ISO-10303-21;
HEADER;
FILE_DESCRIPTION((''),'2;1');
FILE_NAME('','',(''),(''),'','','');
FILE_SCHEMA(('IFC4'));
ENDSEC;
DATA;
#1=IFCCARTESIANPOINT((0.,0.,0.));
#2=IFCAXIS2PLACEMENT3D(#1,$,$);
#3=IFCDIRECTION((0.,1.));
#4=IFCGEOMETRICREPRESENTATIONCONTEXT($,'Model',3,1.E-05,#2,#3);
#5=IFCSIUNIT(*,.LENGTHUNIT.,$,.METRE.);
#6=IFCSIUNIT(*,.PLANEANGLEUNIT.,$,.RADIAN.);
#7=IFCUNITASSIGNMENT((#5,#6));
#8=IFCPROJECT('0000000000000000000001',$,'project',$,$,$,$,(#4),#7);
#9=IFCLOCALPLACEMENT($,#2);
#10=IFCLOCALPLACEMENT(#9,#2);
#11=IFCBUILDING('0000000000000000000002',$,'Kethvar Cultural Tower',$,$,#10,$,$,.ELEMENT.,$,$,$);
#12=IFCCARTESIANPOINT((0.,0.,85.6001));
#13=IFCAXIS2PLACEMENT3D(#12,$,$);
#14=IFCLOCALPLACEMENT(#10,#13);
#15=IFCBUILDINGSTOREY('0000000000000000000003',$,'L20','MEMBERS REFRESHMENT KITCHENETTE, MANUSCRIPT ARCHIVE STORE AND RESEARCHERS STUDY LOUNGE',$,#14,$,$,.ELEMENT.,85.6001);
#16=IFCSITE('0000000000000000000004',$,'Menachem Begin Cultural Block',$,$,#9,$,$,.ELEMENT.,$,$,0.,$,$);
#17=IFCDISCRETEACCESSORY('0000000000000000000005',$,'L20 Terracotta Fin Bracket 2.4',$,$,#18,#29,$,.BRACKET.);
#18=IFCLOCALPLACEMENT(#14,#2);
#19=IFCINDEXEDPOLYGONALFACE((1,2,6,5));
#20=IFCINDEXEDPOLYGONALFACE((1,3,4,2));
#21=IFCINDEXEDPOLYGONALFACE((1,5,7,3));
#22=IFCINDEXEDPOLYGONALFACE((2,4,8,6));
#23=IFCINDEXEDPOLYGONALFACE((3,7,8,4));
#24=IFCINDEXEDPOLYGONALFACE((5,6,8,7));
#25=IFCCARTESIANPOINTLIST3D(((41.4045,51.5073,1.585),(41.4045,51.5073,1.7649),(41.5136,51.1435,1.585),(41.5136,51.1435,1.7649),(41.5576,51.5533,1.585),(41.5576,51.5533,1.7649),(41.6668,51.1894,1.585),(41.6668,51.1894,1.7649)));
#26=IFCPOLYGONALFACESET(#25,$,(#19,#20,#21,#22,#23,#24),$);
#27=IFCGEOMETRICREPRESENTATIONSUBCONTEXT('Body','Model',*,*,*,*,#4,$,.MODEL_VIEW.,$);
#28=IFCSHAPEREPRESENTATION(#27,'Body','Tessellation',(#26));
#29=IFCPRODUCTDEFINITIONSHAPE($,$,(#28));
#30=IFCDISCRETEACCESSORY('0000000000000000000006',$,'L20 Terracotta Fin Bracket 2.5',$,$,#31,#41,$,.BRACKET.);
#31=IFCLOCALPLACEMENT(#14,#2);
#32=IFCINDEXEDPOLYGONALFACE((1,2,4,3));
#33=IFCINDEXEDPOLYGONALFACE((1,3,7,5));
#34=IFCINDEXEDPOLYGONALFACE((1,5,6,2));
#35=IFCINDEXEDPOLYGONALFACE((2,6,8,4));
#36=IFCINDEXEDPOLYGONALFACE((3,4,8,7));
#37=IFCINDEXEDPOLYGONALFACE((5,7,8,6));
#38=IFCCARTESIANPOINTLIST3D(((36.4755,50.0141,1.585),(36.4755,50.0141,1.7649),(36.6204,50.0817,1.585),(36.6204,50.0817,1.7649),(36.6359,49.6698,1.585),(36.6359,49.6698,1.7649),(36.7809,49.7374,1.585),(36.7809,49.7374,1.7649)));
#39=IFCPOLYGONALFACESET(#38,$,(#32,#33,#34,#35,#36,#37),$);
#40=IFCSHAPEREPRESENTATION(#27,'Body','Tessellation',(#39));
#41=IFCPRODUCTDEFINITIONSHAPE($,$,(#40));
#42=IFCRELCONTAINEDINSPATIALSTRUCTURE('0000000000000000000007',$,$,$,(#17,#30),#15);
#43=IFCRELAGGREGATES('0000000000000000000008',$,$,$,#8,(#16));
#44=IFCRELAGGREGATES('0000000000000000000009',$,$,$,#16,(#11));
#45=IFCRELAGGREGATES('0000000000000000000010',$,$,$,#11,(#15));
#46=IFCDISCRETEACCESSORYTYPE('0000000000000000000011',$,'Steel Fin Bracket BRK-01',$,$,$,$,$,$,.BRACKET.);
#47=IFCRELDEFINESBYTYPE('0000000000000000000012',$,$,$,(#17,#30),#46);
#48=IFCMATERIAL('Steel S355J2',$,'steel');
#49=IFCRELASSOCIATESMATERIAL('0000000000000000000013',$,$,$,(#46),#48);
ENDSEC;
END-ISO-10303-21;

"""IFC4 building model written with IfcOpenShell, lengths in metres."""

from ifc_helpers import new_model, si_unit, direction, frame, origin, origin_2d, place, context, subcontext, project, spatial, rectangle, extrude, source, transform, mapped, material, type_object, element, save


model = new_model("IFC4")

# Units and contexts
model_context = context("Model", 3, precision=1e-05, world=origin(), true_north=direction((0.0, 1.0)))
body_context = subcontext(model_context, "Body", "Model", "MODEL_VIEW")
ifc_project = project(units=[si_unit("LENGTHUNIT", "METRE"), si_unit("PLANEANGLEUNIT", "RADIAN")], contexts=[model_context])

# Site, building, storey
site_placement = place(None, origin())
site = spatial("IfcSite", under=ifc_project, at=site_placement, Name="Menachem Begin Cultural Block", CompositionType="ELEMENT", RefElevation=0.0)
building_placement = place(site_placement, origin())
building = spatial("IfcBuilding", under=site, at=building_placement, Name="Kethvar Cultural Tower", CompositionType="ELEMENT")
storey_placement = place(building_placement, frame((0.0, 0.0, 85.6001)))
storey = spatial("IfcBuildingStorey", under=building, at=storey_placement, Name="L20", Description="MEMBERS REFRESHMENT KITCHENETTE, MANUSCRIPT ARCHIVE STORE AND RESEARCHERS STUDY LOUNGE", CompositionType="ELEMENT", Elevation=85.6001)

# Shared definitions
ifc_material_1 = material(Name="Steel S355J2", Category="steel")

# Discrete accessories
discrete_accessory_type = type_object("IfcDiscreteAccessoryType", Name="Steel Fin Bracket BRK-01", PredefinedType="BRACKET", material=ifc_material_1)
shared_shape_1 = source(origin(), body_context, "Body", "SweptSolid", [
    extrude(rectangle(XDim=0.3799, YDim=0.1599, at=origin_2d()), origin(), (0.0, 0.0, 1.0), 0.1799),
])
for number, where, z_axis, x_axis, name in (
    (1, (41.5356, 51.3484, 1.585), (0.0, 0.0, 1.0), (-0.287361, 0.957822, 0.0), "L20 Terracotta Fin Bracket 2.4"),
    (2, (36.6282, 49.8757, 1.585), (0.0, 0.0, 1.0), (-0.42246, 0.906382, 0.0), "L20 Terracotta Fin Bracket 2.5"),
):
    element("IfcDiscreteAccessory", number, at=place(storey_placement, frame(where, z_axis=z_axis, x_axis=x_axis)), inside=storey, type_object=discrete_accessory_type, Name=name, PredefinedType="BRACKET", context=body_context, shape_type="MappedRepresentation", body=[
        mapped(shared_shape_1, transform((0.0, 0.0, 0.0), scale=1.0)),
    ])

save(model, "model.ifc")
